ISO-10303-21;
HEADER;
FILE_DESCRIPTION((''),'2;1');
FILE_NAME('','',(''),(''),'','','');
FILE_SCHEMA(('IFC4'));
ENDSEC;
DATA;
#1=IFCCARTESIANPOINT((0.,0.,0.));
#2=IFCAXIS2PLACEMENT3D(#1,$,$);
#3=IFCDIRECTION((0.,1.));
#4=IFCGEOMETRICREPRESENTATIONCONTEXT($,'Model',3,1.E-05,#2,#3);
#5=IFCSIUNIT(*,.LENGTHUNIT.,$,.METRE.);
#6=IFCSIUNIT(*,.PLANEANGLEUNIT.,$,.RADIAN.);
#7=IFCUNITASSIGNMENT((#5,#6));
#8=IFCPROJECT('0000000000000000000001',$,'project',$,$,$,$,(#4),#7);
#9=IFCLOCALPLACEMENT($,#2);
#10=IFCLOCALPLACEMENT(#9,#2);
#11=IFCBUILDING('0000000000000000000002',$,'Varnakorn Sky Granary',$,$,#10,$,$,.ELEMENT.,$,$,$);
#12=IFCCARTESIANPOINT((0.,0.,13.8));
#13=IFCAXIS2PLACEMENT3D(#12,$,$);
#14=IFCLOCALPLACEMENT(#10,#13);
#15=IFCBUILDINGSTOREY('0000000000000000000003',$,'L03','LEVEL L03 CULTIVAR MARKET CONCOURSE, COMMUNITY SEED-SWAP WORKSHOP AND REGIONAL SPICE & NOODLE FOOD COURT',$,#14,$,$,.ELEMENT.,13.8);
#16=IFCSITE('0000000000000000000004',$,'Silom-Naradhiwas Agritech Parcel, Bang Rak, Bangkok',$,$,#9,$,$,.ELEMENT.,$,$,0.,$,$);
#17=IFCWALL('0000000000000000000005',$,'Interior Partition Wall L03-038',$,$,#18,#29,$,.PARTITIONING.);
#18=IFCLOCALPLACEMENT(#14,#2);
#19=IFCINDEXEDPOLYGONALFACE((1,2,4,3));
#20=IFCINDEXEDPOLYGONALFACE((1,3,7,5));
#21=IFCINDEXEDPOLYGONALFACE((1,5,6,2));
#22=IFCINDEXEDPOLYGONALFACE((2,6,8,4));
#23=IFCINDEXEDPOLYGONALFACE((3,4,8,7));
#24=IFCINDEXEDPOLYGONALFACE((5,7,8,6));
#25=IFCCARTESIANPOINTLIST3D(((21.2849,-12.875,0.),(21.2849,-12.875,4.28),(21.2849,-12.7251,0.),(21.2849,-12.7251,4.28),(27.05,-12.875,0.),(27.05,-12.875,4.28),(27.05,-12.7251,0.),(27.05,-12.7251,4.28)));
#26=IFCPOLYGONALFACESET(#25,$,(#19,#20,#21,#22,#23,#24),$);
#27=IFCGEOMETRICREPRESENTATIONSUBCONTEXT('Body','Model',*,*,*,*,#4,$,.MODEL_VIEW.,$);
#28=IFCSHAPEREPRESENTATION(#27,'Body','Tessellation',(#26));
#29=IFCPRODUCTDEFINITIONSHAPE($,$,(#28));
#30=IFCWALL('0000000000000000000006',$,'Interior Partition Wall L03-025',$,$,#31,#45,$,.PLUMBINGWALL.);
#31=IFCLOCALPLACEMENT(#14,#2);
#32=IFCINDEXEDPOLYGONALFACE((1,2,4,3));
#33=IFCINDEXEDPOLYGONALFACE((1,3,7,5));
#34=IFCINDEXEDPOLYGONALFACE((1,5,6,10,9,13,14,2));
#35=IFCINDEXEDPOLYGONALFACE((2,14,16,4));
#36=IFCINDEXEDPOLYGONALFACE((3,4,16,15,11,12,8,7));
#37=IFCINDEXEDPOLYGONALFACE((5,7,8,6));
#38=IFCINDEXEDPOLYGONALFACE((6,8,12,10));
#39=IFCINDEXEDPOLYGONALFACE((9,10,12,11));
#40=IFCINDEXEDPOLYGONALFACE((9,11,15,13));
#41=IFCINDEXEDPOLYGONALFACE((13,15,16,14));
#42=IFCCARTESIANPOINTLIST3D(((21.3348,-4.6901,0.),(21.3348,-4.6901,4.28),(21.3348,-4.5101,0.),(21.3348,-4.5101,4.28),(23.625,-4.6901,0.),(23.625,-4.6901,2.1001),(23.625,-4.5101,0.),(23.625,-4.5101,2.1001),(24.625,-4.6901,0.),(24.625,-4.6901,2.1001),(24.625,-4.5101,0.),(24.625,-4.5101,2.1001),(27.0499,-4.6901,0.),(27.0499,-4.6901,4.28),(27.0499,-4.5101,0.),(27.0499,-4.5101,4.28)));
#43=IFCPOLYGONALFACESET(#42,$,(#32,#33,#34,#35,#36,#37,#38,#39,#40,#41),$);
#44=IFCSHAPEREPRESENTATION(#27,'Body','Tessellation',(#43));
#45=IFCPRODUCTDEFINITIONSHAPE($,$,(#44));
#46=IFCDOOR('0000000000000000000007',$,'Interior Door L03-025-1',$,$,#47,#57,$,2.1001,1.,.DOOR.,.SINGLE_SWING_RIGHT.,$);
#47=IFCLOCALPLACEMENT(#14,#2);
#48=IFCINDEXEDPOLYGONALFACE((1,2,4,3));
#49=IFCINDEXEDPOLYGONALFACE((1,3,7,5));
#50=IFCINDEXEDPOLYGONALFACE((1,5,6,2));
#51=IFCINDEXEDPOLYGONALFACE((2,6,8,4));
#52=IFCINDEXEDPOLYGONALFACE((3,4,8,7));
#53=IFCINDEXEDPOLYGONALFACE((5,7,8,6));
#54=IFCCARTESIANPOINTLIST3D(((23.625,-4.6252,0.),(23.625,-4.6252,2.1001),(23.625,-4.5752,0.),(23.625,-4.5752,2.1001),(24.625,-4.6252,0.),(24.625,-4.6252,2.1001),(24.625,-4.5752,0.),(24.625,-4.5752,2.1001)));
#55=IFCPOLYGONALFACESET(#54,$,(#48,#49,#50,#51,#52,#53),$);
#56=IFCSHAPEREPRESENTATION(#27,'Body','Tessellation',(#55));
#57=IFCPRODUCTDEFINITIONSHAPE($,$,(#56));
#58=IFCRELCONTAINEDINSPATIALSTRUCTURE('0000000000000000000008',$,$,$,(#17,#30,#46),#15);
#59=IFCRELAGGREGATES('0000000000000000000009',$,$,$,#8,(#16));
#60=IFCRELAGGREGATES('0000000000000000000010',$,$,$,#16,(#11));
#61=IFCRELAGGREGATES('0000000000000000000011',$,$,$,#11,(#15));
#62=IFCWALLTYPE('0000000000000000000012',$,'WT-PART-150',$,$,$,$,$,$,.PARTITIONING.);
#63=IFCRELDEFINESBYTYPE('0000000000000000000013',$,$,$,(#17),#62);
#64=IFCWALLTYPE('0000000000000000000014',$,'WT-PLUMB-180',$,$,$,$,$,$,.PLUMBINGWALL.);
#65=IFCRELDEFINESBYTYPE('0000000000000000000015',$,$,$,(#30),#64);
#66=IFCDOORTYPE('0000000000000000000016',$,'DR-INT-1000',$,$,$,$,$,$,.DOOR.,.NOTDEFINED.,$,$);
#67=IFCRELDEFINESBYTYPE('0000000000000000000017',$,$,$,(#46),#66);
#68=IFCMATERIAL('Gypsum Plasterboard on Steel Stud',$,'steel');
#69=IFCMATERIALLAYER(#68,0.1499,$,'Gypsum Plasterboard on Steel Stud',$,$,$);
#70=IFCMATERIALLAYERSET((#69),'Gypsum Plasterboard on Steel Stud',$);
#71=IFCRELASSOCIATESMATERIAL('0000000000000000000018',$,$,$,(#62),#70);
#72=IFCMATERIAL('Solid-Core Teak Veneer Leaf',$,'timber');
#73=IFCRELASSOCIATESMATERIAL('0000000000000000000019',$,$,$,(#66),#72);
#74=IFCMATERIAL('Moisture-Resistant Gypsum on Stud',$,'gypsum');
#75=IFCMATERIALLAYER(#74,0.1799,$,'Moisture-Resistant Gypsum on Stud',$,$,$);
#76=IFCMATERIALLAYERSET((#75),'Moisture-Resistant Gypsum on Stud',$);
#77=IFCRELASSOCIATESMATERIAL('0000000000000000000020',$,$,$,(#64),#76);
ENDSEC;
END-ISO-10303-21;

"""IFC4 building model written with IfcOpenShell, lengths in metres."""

from ifc_helpers import new_model, si_unit, direction, frame, frame_2d, origin, place, context, subcontext, project, spatial, rectangle, extrude, material, layer, layer_set, type_object, element, fill, save


model = new_model("IFC4")

# Units and contexts
model_context = context("Model", 3, precision=1e-05, world=origin(), true_north=direction((0.0, 1.0)))
body_context = subcontext(model_context, "Body", "Model", "MODEL_VIEW")
ifc_project = project(units=[si_unit("LENGTHUNIT", "METRE"), si_unit("PLANEANGLEUNIT", "RADIAN")], contexts=[model_context])

# Site, building, storey
site_placement = place(None, origin())
site = spatial("IfcSite", under=ifc_project, at=site_placement, Name="Silom-Naradhiwas Agritech Parcel, Bang Rak, Bangkok", CompositionType="ELEMENT", RefElevation=0.0)
building_placement = place(site_placement, origin())
building = spatial("IfcBuilding", under=site, at=building_placement, Name="Varnakorn Sky Granary", CompositionType="ELEMENT")
storey_placement = place(building_placement, frame((0.0, 0.0, 13.8)))
storey = spatial("IfcBuildingStorey", under=building, at=storey_placement, Name="L03", Description="LEVEL L03 CULTIVAR MARKET CONCOURSE, COMMUNITY SEED-SWAP WORKSHOP AND REGIONAL SPICE & NOODLE FOOD COURT", CompositionType="ELEMENT", Elevation=13.8)

# Shared definitions
ifc_material_1 = material(Name="Gypsum Plasterboard on Steel Stud", Category="steel")
ifc_layer_1 = layer(ifc_material_1, 0.1499, Name="Gypsum Plasterboard on Steel Stud")
ifc_layer_set_1 = layer_set([ifc_layer_1], Name="Gypsum Plasterboard on Steel Stud")
wall_type_1 = type_object("IfcWallType", Name="WT-PART-150", PredefinedType="PARTITIONING", material=ifc_layer_set_1)
ifc_material_2 = material(Name="Solid-Core Teak Veneer Leaf", Category="timber")
door_type = type_object("IfcDoorType", Name="DR-INT-1000", OperationType="NOTDEFINED", PredefinedType="DOOR", material=ifc_material_2)

# Wall
wall_1_placement = place(storey_placement, frame((21.2849, -12.8, 0.0), z_axis=(0.0, 0.0, 1.0), x_axis=(1.0, 0.0, 0.0)))
element("IfcWall", 1, at=wall_1_placement, inside=storey, type_object=wall_type_1, Name="Interior Partition Wall L03-038", PredefinedType="PARTITIONING", context=body_context, shape_type="SweptSolid", body=[
    extrude(rectangle(XDim=5.7651, YDim=0.1499, at=frame_2d((2.8826, 0.0))), origin(), (0.0, 0.0, 1.0), 4.28),
])

# Wall, opening, door
ifc_material_3 = material(Name="Moisture-Resistant Gypsum on Stud", Category="gypsum")
ifc_layer_2 = layer(ifc_material_3, 0.1799, Name="Moisture-Resistant Gypsum on Stud")
ifc_layer_set_2 = layer_set([ifc_layer_2], Name="Moisture-Resistant Gypsum on Stud")
wall_type_2 = type_object("IfcWallType", Name="WT-PLUMB-180", PredefinedType="PLUMBINGWALL", material=ifc_layer_set_2)
wall_2_placement = place(storey_placement, frame((21.335, -4.6001, 0.0), z_axis=(0.0, 0.0, 1.0), x_axis=(1.0, 0.0, 0.0)))
wall_2 = element("IfcWall", 2, at=wall_2_placement, inside=storey, type_object=wall_type_2, Name="Interior Partition Wall L03-025", PredefinedType="PLUMBINGWALL", context=body_context, shape_type="SweptSolid", body=[
    extrude(rectangle(XDim=5.7151, YDim=0.1799, at=frame_2d((2.8574, 0.0))), origin(), (0.0, 0.0, 1.0), 4.28),
])
opening_1_placement = place(wall_2_placement, frame((2.29, 0.0, 0.0)))
opening_1 = element("IfcOpeningElement", 3, at=opening_1_placement, cuts=wall_2, PredefinedType="OPENING", context=body_context, shape_type="SweptSolid", body=[
    extrude(rectangle(XDim=1.0, YDim=2.1001, at=frame_2d((0.5, 1.05))), frame((0.0, 0.1001, 0.0), z_axis=(0.0, -1.0, 0.0), x_axis=(1.0, 0.0, 0.0)), (0.0, 0.0, 1.0), 0.2),
])
door_1_placement = place(opening_1_placement, origin())
door_1 = element("IfcDoor", 4, at=door_1_placement, inside=storey, type_object=door_type, Name="Interior Door L03-025-1", OperationType="SINGLE_SWING_RIGHT", OverallHeight=2.1001, OverallWidth=1.0, PredefinedType="DOOR", context=body_context, shape_type="SweptSolid", body=[
    extrude(rectangle(XDim=1.0, YDim=2.1001, at=frame_2d((0.5, 1.05))), frame((0.0, 0.0249, 0.0), z_axis=(0.0, -1.0, 0.0), x_axis=(1.0, 0.0, 0.0)), (0.0, 0.0, 1.0), 0.05),
])
fill(opening_1, door_1)

save(model, "model.ifc")
